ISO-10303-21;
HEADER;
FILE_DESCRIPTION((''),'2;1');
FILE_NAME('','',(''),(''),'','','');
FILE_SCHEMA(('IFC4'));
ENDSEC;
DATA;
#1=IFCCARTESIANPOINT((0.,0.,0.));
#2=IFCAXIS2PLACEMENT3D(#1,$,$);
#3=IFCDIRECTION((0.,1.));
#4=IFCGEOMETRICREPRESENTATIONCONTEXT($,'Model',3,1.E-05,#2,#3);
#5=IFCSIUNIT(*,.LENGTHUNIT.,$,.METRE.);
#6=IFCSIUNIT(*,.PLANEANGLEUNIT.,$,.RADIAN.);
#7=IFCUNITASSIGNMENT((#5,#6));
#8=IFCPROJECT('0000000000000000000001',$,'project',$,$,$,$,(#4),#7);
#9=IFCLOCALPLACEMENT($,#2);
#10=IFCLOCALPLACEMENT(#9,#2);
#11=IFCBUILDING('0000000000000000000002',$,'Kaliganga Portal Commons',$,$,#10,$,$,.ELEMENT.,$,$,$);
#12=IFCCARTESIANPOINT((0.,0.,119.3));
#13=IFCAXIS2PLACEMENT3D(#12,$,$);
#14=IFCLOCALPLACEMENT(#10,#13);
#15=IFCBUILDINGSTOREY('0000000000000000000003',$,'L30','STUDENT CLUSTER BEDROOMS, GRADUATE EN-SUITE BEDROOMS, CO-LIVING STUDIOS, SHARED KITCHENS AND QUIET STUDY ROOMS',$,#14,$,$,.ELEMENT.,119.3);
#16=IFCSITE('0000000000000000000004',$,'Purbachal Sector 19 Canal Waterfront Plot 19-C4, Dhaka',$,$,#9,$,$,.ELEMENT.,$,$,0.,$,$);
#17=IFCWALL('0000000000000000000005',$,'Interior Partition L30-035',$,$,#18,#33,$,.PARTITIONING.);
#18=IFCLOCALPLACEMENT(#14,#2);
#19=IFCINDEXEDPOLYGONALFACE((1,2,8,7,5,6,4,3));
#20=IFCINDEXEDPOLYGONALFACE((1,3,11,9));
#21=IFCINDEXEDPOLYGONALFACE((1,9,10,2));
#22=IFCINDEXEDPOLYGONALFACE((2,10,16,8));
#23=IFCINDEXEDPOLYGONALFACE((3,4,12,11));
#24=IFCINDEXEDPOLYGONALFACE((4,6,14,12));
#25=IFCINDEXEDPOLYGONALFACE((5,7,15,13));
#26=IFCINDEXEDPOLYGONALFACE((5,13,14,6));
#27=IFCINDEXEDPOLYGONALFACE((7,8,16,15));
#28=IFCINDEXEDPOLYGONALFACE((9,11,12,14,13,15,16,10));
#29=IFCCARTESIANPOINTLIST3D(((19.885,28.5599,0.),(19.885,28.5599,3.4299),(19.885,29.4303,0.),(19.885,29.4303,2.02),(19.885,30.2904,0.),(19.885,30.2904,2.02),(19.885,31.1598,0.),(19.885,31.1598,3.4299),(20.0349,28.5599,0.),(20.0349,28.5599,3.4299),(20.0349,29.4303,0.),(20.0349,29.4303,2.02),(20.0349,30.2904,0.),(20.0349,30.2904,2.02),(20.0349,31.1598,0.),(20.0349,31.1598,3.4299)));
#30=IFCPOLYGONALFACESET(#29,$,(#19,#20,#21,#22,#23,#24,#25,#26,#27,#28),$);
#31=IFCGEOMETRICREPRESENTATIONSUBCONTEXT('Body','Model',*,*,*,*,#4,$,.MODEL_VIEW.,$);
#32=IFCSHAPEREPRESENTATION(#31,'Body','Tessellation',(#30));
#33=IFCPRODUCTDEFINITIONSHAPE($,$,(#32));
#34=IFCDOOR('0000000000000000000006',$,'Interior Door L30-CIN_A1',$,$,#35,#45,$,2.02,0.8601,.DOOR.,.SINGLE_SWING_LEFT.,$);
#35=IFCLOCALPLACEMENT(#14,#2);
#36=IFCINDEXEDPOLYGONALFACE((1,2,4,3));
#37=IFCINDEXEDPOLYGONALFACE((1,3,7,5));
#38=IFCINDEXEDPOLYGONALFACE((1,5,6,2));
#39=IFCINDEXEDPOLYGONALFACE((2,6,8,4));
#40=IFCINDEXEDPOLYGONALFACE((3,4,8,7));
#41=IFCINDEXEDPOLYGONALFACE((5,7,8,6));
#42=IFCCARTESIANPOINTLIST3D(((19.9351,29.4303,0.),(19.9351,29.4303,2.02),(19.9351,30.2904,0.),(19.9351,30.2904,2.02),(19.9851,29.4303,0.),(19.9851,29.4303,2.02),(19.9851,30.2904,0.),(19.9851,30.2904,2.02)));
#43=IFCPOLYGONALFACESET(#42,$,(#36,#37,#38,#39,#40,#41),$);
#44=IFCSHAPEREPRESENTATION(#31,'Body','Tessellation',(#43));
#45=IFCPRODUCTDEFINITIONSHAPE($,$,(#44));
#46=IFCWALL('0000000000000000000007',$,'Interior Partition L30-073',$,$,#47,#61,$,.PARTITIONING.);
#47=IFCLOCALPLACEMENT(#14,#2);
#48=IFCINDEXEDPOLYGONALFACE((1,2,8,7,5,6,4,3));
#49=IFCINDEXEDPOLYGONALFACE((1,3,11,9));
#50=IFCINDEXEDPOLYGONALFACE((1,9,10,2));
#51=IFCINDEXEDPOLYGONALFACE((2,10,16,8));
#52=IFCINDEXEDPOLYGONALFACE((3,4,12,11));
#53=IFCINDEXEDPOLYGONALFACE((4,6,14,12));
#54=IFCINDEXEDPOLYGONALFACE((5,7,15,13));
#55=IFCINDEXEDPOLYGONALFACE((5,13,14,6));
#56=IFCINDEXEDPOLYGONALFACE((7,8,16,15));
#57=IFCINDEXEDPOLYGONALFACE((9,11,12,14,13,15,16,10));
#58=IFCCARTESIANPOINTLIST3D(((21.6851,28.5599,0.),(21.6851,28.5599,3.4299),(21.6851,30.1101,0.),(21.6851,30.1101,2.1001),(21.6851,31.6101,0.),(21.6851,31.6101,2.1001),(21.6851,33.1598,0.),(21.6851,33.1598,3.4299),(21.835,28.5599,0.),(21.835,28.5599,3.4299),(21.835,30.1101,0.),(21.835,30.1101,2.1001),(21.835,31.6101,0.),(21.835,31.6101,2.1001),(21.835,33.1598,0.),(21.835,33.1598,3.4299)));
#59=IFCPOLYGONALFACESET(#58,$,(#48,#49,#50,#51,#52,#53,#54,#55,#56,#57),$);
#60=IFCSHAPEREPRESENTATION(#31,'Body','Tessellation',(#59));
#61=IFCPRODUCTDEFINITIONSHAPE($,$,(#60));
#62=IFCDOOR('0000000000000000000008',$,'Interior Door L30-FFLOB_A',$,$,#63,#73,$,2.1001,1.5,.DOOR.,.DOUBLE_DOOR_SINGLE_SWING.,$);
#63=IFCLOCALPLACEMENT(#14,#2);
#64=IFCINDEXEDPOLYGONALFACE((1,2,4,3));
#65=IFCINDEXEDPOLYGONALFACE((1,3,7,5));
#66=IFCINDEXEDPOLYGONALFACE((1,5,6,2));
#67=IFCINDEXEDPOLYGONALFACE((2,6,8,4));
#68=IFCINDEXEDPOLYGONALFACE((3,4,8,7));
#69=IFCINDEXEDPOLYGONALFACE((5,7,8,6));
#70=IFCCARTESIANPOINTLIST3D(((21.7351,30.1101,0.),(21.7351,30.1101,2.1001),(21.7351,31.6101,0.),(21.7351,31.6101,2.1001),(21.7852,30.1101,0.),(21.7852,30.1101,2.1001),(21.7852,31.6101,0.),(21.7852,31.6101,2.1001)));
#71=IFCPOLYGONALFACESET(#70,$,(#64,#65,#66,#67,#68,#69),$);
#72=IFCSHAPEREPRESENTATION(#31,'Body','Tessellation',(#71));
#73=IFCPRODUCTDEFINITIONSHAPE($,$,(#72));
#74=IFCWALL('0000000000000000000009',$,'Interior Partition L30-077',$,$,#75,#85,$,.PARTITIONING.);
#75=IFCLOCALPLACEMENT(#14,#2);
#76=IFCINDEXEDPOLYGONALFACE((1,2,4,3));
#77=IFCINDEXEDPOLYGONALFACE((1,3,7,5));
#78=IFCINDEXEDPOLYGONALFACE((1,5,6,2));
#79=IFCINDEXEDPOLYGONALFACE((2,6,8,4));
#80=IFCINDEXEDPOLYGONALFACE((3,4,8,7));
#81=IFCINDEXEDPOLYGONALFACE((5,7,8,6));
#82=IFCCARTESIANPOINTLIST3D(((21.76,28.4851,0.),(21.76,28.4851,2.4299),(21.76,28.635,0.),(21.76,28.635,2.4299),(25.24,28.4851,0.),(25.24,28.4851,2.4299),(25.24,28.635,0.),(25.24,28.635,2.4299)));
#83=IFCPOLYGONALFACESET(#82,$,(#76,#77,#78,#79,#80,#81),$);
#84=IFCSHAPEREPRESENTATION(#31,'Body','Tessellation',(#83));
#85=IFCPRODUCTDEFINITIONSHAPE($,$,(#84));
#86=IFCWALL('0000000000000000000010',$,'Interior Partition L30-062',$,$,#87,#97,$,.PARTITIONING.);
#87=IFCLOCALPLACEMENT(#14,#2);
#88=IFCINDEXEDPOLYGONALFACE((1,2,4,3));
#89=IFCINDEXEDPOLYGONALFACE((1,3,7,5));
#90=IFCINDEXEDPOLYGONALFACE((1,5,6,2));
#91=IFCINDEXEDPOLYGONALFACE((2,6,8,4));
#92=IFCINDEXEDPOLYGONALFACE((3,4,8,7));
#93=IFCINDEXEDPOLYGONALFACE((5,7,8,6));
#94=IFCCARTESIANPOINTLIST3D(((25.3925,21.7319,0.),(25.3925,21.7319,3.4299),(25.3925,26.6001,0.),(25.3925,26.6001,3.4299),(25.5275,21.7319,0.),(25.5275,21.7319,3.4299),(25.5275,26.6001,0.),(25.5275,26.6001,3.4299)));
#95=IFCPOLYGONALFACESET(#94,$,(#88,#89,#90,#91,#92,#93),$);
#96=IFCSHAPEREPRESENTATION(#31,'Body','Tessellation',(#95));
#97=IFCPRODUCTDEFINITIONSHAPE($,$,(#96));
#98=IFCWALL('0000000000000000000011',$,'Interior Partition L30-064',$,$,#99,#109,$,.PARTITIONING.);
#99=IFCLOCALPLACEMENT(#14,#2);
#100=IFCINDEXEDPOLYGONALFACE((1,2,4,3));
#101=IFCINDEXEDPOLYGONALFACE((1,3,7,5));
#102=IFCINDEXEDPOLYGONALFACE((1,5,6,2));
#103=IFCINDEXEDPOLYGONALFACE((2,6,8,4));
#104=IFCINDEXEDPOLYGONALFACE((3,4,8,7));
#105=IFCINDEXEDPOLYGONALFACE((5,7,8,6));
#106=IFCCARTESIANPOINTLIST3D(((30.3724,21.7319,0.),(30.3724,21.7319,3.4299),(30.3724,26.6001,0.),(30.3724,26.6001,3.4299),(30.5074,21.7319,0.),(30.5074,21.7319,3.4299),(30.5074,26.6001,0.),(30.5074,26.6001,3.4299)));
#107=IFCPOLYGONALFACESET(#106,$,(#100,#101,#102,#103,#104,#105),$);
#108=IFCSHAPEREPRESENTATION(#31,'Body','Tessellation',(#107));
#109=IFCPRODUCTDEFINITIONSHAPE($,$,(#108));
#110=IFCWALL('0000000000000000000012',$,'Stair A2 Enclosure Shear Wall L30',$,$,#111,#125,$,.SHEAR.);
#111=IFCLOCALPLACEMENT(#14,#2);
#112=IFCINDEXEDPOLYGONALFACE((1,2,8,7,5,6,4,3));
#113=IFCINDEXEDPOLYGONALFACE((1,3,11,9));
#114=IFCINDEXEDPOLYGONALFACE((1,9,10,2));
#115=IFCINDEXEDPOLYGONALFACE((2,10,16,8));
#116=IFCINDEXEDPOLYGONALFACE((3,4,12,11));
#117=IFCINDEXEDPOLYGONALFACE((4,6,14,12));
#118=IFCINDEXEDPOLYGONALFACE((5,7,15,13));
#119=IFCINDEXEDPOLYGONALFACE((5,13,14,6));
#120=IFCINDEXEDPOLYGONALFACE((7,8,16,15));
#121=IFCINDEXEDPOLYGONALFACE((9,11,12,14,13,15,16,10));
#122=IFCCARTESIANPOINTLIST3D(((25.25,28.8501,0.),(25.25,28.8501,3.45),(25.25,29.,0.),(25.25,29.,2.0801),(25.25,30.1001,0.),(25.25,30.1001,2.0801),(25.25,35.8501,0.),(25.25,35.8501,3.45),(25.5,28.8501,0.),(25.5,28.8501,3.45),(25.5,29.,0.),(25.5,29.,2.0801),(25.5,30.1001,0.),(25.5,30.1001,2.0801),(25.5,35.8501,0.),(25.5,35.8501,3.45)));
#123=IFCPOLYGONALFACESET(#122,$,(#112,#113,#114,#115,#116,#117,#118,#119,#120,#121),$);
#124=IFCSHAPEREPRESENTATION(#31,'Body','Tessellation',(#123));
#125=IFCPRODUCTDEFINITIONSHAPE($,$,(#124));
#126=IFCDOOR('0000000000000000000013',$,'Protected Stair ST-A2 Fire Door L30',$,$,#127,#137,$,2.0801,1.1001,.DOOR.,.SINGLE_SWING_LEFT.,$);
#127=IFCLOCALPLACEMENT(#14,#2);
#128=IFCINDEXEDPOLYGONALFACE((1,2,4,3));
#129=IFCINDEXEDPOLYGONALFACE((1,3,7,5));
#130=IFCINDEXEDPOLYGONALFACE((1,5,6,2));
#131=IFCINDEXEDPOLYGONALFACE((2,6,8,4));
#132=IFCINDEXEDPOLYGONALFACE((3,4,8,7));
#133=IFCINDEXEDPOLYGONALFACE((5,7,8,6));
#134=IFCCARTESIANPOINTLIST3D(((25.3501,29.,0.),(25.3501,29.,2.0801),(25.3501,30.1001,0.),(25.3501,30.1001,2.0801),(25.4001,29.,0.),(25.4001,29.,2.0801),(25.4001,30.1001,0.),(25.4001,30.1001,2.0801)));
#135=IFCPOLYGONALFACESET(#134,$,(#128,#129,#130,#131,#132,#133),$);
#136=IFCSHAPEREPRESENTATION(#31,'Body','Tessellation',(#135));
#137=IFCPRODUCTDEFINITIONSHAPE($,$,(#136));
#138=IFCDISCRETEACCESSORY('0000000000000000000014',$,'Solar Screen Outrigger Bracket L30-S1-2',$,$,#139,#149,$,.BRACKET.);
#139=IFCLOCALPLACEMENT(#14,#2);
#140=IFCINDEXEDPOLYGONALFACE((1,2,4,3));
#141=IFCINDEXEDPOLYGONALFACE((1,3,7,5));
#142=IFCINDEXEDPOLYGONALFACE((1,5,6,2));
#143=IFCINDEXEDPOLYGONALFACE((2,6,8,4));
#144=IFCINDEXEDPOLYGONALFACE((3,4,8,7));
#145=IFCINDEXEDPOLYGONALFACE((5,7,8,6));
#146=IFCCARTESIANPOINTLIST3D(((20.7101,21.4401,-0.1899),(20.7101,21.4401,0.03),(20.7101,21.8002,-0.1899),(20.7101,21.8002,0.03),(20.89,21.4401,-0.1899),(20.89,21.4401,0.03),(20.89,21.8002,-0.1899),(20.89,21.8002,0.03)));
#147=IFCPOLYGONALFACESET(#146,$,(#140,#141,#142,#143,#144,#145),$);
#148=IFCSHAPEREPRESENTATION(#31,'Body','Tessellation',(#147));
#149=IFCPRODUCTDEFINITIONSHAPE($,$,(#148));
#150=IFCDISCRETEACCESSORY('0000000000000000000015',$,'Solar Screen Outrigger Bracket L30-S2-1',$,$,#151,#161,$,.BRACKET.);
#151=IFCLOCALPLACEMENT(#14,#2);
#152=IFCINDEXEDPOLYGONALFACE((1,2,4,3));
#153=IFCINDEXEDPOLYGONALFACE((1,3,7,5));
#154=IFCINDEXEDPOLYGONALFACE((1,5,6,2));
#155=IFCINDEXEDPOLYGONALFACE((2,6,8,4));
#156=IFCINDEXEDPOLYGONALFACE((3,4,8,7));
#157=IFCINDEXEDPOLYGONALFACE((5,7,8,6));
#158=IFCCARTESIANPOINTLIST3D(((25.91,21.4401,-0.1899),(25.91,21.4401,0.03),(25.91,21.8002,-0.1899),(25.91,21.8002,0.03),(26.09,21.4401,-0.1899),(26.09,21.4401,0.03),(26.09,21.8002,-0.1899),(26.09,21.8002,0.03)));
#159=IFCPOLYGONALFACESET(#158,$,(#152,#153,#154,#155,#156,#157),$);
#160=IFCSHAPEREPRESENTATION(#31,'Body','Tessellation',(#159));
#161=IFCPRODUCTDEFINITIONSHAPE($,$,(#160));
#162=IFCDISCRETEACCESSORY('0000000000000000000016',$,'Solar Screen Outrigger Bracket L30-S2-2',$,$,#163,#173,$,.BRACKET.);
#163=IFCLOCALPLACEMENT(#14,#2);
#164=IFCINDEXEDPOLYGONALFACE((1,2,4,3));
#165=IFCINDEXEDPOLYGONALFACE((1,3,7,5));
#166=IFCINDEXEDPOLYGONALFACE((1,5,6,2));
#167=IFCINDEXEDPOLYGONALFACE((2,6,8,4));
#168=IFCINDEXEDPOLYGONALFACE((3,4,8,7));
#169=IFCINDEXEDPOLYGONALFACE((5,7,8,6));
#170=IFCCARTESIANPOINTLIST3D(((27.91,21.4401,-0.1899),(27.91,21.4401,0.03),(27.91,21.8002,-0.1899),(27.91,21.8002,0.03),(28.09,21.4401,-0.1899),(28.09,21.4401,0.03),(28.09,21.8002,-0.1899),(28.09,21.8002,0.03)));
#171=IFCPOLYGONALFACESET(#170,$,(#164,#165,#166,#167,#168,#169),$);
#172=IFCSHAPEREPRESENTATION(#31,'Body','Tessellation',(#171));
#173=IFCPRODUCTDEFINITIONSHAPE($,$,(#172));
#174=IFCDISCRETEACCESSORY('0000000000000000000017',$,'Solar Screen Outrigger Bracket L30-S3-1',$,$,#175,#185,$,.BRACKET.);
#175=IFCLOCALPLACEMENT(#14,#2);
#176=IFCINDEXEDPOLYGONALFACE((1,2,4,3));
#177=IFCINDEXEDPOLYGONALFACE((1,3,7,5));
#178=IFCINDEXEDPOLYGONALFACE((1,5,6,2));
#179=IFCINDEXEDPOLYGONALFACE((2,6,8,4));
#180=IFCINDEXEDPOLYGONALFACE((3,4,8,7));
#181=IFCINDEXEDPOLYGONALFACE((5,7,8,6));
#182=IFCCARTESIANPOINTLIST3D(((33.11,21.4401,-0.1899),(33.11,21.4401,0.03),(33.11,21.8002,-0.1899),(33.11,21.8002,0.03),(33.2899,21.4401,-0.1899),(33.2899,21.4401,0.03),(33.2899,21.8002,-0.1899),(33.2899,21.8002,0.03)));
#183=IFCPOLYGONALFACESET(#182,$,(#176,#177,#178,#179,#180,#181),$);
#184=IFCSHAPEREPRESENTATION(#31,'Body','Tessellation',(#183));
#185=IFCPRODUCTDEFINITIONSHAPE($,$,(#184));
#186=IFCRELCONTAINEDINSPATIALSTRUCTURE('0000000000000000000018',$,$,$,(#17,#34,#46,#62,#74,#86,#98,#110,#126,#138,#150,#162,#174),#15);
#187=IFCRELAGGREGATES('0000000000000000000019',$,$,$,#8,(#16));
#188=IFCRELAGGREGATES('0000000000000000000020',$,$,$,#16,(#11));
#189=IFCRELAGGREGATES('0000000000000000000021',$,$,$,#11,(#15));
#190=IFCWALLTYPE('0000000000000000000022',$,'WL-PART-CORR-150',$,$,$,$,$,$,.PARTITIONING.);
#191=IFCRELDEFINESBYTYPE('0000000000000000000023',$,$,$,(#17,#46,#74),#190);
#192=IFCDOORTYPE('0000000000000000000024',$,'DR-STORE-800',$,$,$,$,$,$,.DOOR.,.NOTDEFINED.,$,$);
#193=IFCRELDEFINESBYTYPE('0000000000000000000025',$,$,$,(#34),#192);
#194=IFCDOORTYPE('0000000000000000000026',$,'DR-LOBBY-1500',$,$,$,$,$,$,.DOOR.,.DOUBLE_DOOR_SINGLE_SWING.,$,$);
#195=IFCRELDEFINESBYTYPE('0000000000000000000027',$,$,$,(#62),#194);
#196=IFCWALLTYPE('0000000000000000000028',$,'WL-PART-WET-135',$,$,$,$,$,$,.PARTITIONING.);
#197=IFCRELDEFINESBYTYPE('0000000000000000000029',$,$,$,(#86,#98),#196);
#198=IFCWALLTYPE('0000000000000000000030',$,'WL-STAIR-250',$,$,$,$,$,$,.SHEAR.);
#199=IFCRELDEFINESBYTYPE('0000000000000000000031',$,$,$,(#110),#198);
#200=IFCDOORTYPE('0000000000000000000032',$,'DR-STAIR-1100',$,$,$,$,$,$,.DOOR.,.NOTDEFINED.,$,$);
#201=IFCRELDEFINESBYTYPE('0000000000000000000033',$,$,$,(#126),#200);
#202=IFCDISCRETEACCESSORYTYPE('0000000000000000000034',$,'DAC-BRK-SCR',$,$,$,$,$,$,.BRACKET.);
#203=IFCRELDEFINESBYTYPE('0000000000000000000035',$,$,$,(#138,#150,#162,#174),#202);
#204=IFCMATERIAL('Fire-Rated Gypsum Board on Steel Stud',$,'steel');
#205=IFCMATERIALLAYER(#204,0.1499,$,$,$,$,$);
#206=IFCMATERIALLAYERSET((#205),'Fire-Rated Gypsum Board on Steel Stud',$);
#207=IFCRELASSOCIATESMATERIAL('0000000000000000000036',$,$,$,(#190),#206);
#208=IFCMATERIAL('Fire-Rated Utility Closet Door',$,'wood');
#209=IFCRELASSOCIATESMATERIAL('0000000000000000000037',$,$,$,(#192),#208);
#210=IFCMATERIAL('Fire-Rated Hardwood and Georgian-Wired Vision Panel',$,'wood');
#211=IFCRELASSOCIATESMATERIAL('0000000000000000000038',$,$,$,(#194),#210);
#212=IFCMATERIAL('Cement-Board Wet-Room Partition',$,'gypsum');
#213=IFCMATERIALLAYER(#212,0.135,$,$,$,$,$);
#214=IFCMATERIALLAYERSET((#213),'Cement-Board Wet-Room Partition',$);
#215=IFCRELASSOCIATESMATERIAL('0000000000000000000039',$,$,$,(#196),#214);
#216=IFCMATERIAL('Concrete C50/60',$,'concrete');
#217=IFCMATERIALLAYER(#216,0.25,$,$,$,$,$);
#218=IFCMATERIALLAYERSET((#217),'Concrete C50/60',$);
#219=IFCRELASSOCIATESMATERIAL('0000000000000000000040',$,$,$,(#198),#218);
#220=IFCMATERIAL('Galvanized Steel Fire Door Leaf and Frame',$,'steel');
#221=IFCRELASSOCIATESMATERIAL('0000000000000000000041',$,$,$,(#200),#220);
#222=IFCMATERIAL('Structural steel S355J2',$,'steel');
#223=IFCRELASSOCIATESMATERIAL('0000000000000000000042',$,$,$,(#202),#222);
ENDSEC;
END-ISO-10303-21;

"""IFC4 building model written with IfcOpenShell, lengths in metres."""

from ifc_helpers import new_model, si_unit, direction, frame, frame_2d, origin, origin_2d, place, context, subcontext, project, spatial, rectangle, extrude, source, transform, mapped, material, layer, layer_set, type_object, element, fill, save


model = new_model("IFC4")

# Units and contexts
model_context = context("Model", 3, precision=1e-05, world=origin(), true_north=direction((0.0, 1.0)))
body_context = subcontext(model_context, "Body", "Model", "MODEL_VIEW")
ifc_project = project(units=[si_unit("LENGTHUNIT", "METRE"), si_unit("PLANEANGLEUNIT", "RADIAN")], contexts=[model_context])

# Site, building, storey
site_placement = place(None, origin())
site = spatial("IfcSite", under=ifc_project, at=site_placement, Name="Purbachal Sector 19 Canal Waterfront Plot 19-C4, Dhaka", CompositionType="ELEMENT", RefElevation=0.0)
building_placement = place(site_placement, origin())
building = spatial("IfcBuilding", under=site, at=building_placement, Name="Kaliganga Portal Commons", CompositionType="ELEMENT")
storey_placement = place(building_placement, frame((0.0, 0.0, 119.3)))
storey = spatial("IfcBuildingStorey", under=building, at=storey_placement, Name="L30", Description="STUDENT CLUSTER BEDROOMS, GRADUATE EN-SUITE BEDROOMS, CO-LIVING STUDIOS, SHARED KITCHENS AND QUIET STUDY ROOMS", CompositionType="ELEMENT", Elevation=119.3)

# Shared definitions
ifc_material_1 = material(Name="Structural steel S355J2", Category="steel")

# Shared definitions
ifc_material_2 = material(Name="Fire-Rated Gypsum Board on Steel Stud", Category="steel")
ifc_layer_1 = layer(ifc_material_2, 0.1499)
ifc_layer_set_1 = layer_set([ifc_layer_1], Name="Fire-Rated Gypsum Board on Steel Stud")
wall_type_1 = type_object("IfcWallType", Name="WL-PART-CORR-150", PredefinedType="PARTITIONING", material=ifc_layer_set_1)
ifc_material_3 = material(Name="Fire-Rated Utility Closet Door", Category="wood")
door_type_1 = type_object("IfcDoorType", Name="DR-STORE-800", OperationType="NOTDEFINED", PredefinedType="DOOR", material=ifc_material_3)

# Walls, openings, doors
wall_1_placement = place(storey_placement, frame((19.96, 28.5601, 0.0), z_axis=(0.0, 0.0, 1.0), x_axis=(0.0, 1.0, 0.0)))
wall_1 = element("IfcWall", 1, at=wall_1_placement, inside=storey, type_object=wall_type_1, Name="Interior Partition L30-035", PredefinedType="PARTITIONING", context=body_context, shape_type="SweptSolid", body=[
    extrude(rectangle(XDim=2.5999, YDim=0.1499, at=frame_2d((1.2998, 0.0))), origin(), (0.0, 0.0, 1.0), 3.4299),
])
opening_1_placement = place(wall_1_placement, frame((0.8701, 0.0, 0.0)))
opening_1 = element("IfcOpeningElement", 2, at=opening_1_placement, cuts=wall_1, PredefinedType="OPENING", context=body_context, shape_type="SweptSolid", body=[
    extrude(rectangle(XDim=0.8601, YDim=2.02, at=frame_2d((0.4302, 1.01))), frame((0.0, 0.085, 0.0), z_axis=(0.0, -1.0, 0.0), x_axis=(1.0, 0.0, 0.0)), (0.0, 0.0, 1.0), 0.1699),
])
door_1_placement = place(opening_1_placement, origin())
door_1 = element("IfcDoor", 3, at=door_1_placement, inside=storey, type_object=door_type_1, Name="Interior Door L30-CIN_A1", OperationType="SINGLE_SWING_LEFT", OverallHeight=2.02, OverallWidth=0.8601, PredefinedType="DOOR", context=body_context, shape_type="SweptSolid", body=[
    extrude(rectangle(XDim=0.8601, YDim=2.02, at=frame_2d((0.4302, 1.01))), frame((0.0, 0.0249, 0.0), z_axis=(0.0, -1.0, 0.0), x_axis=(1.0, 0.0, 0.0)), (0.0, 0.0, 1.0), 0.05),
])
fill(opening_1, door_1)
wall_2_placement = place(storey_placement, frame((21.76, 28.5601, 0.0), z_axis=(0.0, 0.0, 1.0), x_axis=(0.0, 1.0, 0.0)))
wall_2 = element("IfcWall", 4, at=wall_2_placement, inside=storey, type_object=wall_type_1, Name="Interior Partition L30-073", PredefinedType="PARTITIONING", context=body_context, shape_type="SweptSolid", body=[
    extrude(rectangle(XDim=4.5999, YDim=0.1499, at=frame_2d((2.2998, 0.0))), origin(), (0.0, 0.0, 1.0), 3.4299),
])
opening_2_placement = place(wall_2_placement, frame((1.55, 0.0, 0.0)))
opening_2 = element("IfcOpeningElement", 5, at=opening_2_placement, cuts=wall_2, PredefinedType="OPENING", context=body_context, shape_type="SweptSolid", body=[
    extrude(rectangle(XDim=1.5, YDim=2.1001, at=frame_2d((0.75, 1.05))), frame((0.0, 0.085, 0.0), z_axis=(0.0, -1.0, 0.0), x_axis=(1.0, 0.0, 0.0)), (0.0, 0.0, 1.0), 0.1699),
])
ifc_material_4 = material(Name="Fire-Rated Hardwood and Georgian-Wired Vision Panel", Category="wood")
door_type_2 = type_object("IfcDoorType", Name="DR-LOBBY-1500", OperationType="DOUBLE_DOOR_SINGLE_SWING", PredefinedType="DOOR", material=ifc_material_4)
door_2_placement = place(opening_2_placement, origin())
door_2 = element("IfcDoor", 6, at=door_2_placement, inside=storey, type_object=door_type_2, Name="Interior Door L30-FFLOB_A", OperationType="DOUBLE_DOOR_SINGLE_SWING", OverallHeight=2.1001, OverallWidth=1.5, PredefinedType="DOOR", context=body_context, shape_type="SweptSolid", body=[
    extrude(rectangle(XDim=1.5, YDim=2.1001, at=frame_2d((0.75, 1.05))), frame((0.0, 0.0249, 0.0), z_axis=(0.0, -1.0, 0.0), x_axis=(1.0, 0.0, 0.0)), (0.0, 0.0, 1.0), 0.05),
])
fill(opening_2, door_2)

# Walls
wall_3_placement = place(storey_placement, frame((21.76, 28.5601, 0.0), z_axis=(0.0, 0.0, 1.0), x_axis=(1.0, 0.0, 0.0)))
element("IfcWall", 7, at=wall_3_placement, inside=storey, type_object=wall_type_1, Name="Interior Partition L30-077", PredefinedType="PARTITIONING", context=body_context, shape_type="SweptSolid", body=[
    extrude(rectangle(XDim=3.48, YDim=0.1499, at=frame_2d((1.74, 0.0))), origin(), (0.0, 0.0, 1.0), 2.4299),
])
ifc_material_5 = material(Name="Cement-Board Wet-Room Partition", Category="gypsum")
ifc_layer_2 = layer(ifc_material_5, 0.135)
ifc_layer_set_2 = layer_set([ifc_layer_2], Name="Cement-Board Wet-Room Partition")
wall_type_2 = type_object("IfcWallType", Name="WL-PART-WET-135", PredefinedType="PARTITIONING", material=ifc_layer_set_2)
for number, where, z_axis, x_axis, name in (
    (8, (25.46, 21.7319, 0.0), (0.0, 0.0, 1.0), (0.0, 1.0, 0.0), "Interior Partition L30-062"),
    (9, (30.4399, 21.7319, 0.0), (0.0, 0.0, 1.0), (0.0, 1.0, 0.0), "Interior Partition L30-064"),
):
    element("IfcWall", number, at=place(storey_placement, frame(where, z_axis=z_axis, x_axis=x_axis)), inside=storey, type_object=wall_type_2, Name=name, PredefinedType="PARTITIONING", context=body_context, shape_type="SweptSolid", body=[
        extrude(rectangle(XDim=4.8682, YDim=0.135, at=frame_2d((2.4341, 0.0))), origin(), (0.0, 0.0, 1.0), 3.4299),
    ])

# Wall, opening, door
ifc_material_6 = material(Name="Concrete C50/60", Category="concrete")
ifc_layer_3 = layer(ifc_material_6, 0.25)
ifc_layer_set_3 = layer_set([ifc_layer_3], Name="Concrete C50/60")
wall_type_3 = type_object("IfcWallType", Name="WL-STAIR-250", PredefinedType="SHEAR", material=ifc_layer_set_3)
wall_4_placement = place(storey_placement, frame((25.375, 28.8501, 0.0), z_axis=(0.0, 0.0, 1.0), x_axis=(0.0, 1.0, 0.0)))
wall_4 = element("IfcWall", 10, at=wall_4_placement, inside=storey, type_object=wall_type_3, Name="Stair A2 Enclosure Shear Wall L30", PredefinedType="SHEAR", context=body_context, shape_type="SweptSolid", body=[
    extrude(rectangle(XDim=7.0, YDim=0.25, at=frame_2d((3.5, 0.0))), origin(), (0.0, 0.0, 1.0), 3.45),
])
opening_3_placement = place(wall_4_placement, frame((0.1499, 0.0, 0.0)))
opening_3 = element("IfcOpeningElement", 11, at=opening_3_placement, cuts=wall_4, PredefinedType="OPENING", context=body_context, shape_type="SweptSolid", body=[
    extrude(rectangle(XDim=1.1001, YDim=2.0801, at=frame_2d((0.55, 1.04))), frame((0.0, 0.135, 0.0), z_axis=(0.0, -1.0, 0.0), x_axis=(1.0, 0.0, 0.0)), (0.0, 0.0, 1.0), 0.27),
])
ifc_material_7 = material(Name="Galvanized Steel Fire Door Leaf and Frame", Category="steel")
door_type_3 = type_object("IfcDoorType", Name="DR-STAIR-1100", OperationType="NOTDEFINED", PredefinedType="DOOR", material=ifc_material_7)
door_3_placement = place(opening_3_placement, origin())
door_3 = element("IfcDoor", 12, at=door_3_placement, inside=storey, type_object=door_type_3, Name="Protected Stair ST-A2 Fire Door L30", OperationType="SINGLE_SWING_LEFT", OverallHeight=2.0801, OverallWidth=1.1001, PredefinedType="DOOR", context=body_context, shape_type="SweptSolid", body=[
    extrude(rectangle(XDim=1.1001, YDim=2.0801, at=frame_2d((0.55, 1.04))), frame((0.0, 0.0249, 0.0), z_axis=(0.0, -1.0, 0.0), x_axis=(1.0, 0.0, 0.0)), (0.0, 0.0, 1.0), 0.05),
])
fill(opening_3, door_3)

# Discrete accessories
discrete_accessory_type = type_object("IfcDiscreteAccessoryType", Name="DAC-BRK-SCR", PredefinedType="BRACKET", material=ifc_material_1)
shared_shape_1 = source(origin(), body_context, "Body", "SweptSolid", [
    extrude(rectangle(XDim=0.1799, YDim=0.3601, at=origin_2d()), origin(), (0.0, 0.0, 1.0), 0.22),
])
for number, where, z_axis, x_axis, name in (
    (13, (20.8, 21.6201, -0.1899), (0.0, 0.0, 1.0), (1.0, 0.0, 0.0), "Solar Screen Outrigger Bracket L30-S1-2"),
    (14, (26.0, 21.6201, -0.1899), (0.0, 0.0, 1.0), (1.0, 0.0, 0.0), "Solar Screen Outrigger Bracket L30-S2-1"),
    (15, (28.0, 21.6201, -0.1899), (0.0, 0.0, 1.0), (1.0, 0.0, 0.0), "Solar Screen Outrigger Bracket L30-S2-2"),
    (16, (33.2, 21.6201, -0.1899), (0.0, 0.0, 1.0), (1.0, 0.0, 0.0), "Solar Screen Outrigger Bracket L30-S3-1"),
):
    element("IfcDiscreteAccessory", number, at=place(storey_placement, frame(where, z_axis=z_axis, x_axis=x_axis)), inside=storey, type_object=discrete_accessory_type, Name=name, PredefinedType="BRACKET", context=body_context, shape_type="MappedRepresentation", body=[
        mapped(shared_shape_1, transform((0.0, 0.0, 0.0), x_axis=(1.0, 0.0, 0.0), y_axis=(0.0, 1.0, 0.0), z_axis=(0.0, 0.0, 1.0), scale=1.0)),
    ])

save(model, "model.ifc")
